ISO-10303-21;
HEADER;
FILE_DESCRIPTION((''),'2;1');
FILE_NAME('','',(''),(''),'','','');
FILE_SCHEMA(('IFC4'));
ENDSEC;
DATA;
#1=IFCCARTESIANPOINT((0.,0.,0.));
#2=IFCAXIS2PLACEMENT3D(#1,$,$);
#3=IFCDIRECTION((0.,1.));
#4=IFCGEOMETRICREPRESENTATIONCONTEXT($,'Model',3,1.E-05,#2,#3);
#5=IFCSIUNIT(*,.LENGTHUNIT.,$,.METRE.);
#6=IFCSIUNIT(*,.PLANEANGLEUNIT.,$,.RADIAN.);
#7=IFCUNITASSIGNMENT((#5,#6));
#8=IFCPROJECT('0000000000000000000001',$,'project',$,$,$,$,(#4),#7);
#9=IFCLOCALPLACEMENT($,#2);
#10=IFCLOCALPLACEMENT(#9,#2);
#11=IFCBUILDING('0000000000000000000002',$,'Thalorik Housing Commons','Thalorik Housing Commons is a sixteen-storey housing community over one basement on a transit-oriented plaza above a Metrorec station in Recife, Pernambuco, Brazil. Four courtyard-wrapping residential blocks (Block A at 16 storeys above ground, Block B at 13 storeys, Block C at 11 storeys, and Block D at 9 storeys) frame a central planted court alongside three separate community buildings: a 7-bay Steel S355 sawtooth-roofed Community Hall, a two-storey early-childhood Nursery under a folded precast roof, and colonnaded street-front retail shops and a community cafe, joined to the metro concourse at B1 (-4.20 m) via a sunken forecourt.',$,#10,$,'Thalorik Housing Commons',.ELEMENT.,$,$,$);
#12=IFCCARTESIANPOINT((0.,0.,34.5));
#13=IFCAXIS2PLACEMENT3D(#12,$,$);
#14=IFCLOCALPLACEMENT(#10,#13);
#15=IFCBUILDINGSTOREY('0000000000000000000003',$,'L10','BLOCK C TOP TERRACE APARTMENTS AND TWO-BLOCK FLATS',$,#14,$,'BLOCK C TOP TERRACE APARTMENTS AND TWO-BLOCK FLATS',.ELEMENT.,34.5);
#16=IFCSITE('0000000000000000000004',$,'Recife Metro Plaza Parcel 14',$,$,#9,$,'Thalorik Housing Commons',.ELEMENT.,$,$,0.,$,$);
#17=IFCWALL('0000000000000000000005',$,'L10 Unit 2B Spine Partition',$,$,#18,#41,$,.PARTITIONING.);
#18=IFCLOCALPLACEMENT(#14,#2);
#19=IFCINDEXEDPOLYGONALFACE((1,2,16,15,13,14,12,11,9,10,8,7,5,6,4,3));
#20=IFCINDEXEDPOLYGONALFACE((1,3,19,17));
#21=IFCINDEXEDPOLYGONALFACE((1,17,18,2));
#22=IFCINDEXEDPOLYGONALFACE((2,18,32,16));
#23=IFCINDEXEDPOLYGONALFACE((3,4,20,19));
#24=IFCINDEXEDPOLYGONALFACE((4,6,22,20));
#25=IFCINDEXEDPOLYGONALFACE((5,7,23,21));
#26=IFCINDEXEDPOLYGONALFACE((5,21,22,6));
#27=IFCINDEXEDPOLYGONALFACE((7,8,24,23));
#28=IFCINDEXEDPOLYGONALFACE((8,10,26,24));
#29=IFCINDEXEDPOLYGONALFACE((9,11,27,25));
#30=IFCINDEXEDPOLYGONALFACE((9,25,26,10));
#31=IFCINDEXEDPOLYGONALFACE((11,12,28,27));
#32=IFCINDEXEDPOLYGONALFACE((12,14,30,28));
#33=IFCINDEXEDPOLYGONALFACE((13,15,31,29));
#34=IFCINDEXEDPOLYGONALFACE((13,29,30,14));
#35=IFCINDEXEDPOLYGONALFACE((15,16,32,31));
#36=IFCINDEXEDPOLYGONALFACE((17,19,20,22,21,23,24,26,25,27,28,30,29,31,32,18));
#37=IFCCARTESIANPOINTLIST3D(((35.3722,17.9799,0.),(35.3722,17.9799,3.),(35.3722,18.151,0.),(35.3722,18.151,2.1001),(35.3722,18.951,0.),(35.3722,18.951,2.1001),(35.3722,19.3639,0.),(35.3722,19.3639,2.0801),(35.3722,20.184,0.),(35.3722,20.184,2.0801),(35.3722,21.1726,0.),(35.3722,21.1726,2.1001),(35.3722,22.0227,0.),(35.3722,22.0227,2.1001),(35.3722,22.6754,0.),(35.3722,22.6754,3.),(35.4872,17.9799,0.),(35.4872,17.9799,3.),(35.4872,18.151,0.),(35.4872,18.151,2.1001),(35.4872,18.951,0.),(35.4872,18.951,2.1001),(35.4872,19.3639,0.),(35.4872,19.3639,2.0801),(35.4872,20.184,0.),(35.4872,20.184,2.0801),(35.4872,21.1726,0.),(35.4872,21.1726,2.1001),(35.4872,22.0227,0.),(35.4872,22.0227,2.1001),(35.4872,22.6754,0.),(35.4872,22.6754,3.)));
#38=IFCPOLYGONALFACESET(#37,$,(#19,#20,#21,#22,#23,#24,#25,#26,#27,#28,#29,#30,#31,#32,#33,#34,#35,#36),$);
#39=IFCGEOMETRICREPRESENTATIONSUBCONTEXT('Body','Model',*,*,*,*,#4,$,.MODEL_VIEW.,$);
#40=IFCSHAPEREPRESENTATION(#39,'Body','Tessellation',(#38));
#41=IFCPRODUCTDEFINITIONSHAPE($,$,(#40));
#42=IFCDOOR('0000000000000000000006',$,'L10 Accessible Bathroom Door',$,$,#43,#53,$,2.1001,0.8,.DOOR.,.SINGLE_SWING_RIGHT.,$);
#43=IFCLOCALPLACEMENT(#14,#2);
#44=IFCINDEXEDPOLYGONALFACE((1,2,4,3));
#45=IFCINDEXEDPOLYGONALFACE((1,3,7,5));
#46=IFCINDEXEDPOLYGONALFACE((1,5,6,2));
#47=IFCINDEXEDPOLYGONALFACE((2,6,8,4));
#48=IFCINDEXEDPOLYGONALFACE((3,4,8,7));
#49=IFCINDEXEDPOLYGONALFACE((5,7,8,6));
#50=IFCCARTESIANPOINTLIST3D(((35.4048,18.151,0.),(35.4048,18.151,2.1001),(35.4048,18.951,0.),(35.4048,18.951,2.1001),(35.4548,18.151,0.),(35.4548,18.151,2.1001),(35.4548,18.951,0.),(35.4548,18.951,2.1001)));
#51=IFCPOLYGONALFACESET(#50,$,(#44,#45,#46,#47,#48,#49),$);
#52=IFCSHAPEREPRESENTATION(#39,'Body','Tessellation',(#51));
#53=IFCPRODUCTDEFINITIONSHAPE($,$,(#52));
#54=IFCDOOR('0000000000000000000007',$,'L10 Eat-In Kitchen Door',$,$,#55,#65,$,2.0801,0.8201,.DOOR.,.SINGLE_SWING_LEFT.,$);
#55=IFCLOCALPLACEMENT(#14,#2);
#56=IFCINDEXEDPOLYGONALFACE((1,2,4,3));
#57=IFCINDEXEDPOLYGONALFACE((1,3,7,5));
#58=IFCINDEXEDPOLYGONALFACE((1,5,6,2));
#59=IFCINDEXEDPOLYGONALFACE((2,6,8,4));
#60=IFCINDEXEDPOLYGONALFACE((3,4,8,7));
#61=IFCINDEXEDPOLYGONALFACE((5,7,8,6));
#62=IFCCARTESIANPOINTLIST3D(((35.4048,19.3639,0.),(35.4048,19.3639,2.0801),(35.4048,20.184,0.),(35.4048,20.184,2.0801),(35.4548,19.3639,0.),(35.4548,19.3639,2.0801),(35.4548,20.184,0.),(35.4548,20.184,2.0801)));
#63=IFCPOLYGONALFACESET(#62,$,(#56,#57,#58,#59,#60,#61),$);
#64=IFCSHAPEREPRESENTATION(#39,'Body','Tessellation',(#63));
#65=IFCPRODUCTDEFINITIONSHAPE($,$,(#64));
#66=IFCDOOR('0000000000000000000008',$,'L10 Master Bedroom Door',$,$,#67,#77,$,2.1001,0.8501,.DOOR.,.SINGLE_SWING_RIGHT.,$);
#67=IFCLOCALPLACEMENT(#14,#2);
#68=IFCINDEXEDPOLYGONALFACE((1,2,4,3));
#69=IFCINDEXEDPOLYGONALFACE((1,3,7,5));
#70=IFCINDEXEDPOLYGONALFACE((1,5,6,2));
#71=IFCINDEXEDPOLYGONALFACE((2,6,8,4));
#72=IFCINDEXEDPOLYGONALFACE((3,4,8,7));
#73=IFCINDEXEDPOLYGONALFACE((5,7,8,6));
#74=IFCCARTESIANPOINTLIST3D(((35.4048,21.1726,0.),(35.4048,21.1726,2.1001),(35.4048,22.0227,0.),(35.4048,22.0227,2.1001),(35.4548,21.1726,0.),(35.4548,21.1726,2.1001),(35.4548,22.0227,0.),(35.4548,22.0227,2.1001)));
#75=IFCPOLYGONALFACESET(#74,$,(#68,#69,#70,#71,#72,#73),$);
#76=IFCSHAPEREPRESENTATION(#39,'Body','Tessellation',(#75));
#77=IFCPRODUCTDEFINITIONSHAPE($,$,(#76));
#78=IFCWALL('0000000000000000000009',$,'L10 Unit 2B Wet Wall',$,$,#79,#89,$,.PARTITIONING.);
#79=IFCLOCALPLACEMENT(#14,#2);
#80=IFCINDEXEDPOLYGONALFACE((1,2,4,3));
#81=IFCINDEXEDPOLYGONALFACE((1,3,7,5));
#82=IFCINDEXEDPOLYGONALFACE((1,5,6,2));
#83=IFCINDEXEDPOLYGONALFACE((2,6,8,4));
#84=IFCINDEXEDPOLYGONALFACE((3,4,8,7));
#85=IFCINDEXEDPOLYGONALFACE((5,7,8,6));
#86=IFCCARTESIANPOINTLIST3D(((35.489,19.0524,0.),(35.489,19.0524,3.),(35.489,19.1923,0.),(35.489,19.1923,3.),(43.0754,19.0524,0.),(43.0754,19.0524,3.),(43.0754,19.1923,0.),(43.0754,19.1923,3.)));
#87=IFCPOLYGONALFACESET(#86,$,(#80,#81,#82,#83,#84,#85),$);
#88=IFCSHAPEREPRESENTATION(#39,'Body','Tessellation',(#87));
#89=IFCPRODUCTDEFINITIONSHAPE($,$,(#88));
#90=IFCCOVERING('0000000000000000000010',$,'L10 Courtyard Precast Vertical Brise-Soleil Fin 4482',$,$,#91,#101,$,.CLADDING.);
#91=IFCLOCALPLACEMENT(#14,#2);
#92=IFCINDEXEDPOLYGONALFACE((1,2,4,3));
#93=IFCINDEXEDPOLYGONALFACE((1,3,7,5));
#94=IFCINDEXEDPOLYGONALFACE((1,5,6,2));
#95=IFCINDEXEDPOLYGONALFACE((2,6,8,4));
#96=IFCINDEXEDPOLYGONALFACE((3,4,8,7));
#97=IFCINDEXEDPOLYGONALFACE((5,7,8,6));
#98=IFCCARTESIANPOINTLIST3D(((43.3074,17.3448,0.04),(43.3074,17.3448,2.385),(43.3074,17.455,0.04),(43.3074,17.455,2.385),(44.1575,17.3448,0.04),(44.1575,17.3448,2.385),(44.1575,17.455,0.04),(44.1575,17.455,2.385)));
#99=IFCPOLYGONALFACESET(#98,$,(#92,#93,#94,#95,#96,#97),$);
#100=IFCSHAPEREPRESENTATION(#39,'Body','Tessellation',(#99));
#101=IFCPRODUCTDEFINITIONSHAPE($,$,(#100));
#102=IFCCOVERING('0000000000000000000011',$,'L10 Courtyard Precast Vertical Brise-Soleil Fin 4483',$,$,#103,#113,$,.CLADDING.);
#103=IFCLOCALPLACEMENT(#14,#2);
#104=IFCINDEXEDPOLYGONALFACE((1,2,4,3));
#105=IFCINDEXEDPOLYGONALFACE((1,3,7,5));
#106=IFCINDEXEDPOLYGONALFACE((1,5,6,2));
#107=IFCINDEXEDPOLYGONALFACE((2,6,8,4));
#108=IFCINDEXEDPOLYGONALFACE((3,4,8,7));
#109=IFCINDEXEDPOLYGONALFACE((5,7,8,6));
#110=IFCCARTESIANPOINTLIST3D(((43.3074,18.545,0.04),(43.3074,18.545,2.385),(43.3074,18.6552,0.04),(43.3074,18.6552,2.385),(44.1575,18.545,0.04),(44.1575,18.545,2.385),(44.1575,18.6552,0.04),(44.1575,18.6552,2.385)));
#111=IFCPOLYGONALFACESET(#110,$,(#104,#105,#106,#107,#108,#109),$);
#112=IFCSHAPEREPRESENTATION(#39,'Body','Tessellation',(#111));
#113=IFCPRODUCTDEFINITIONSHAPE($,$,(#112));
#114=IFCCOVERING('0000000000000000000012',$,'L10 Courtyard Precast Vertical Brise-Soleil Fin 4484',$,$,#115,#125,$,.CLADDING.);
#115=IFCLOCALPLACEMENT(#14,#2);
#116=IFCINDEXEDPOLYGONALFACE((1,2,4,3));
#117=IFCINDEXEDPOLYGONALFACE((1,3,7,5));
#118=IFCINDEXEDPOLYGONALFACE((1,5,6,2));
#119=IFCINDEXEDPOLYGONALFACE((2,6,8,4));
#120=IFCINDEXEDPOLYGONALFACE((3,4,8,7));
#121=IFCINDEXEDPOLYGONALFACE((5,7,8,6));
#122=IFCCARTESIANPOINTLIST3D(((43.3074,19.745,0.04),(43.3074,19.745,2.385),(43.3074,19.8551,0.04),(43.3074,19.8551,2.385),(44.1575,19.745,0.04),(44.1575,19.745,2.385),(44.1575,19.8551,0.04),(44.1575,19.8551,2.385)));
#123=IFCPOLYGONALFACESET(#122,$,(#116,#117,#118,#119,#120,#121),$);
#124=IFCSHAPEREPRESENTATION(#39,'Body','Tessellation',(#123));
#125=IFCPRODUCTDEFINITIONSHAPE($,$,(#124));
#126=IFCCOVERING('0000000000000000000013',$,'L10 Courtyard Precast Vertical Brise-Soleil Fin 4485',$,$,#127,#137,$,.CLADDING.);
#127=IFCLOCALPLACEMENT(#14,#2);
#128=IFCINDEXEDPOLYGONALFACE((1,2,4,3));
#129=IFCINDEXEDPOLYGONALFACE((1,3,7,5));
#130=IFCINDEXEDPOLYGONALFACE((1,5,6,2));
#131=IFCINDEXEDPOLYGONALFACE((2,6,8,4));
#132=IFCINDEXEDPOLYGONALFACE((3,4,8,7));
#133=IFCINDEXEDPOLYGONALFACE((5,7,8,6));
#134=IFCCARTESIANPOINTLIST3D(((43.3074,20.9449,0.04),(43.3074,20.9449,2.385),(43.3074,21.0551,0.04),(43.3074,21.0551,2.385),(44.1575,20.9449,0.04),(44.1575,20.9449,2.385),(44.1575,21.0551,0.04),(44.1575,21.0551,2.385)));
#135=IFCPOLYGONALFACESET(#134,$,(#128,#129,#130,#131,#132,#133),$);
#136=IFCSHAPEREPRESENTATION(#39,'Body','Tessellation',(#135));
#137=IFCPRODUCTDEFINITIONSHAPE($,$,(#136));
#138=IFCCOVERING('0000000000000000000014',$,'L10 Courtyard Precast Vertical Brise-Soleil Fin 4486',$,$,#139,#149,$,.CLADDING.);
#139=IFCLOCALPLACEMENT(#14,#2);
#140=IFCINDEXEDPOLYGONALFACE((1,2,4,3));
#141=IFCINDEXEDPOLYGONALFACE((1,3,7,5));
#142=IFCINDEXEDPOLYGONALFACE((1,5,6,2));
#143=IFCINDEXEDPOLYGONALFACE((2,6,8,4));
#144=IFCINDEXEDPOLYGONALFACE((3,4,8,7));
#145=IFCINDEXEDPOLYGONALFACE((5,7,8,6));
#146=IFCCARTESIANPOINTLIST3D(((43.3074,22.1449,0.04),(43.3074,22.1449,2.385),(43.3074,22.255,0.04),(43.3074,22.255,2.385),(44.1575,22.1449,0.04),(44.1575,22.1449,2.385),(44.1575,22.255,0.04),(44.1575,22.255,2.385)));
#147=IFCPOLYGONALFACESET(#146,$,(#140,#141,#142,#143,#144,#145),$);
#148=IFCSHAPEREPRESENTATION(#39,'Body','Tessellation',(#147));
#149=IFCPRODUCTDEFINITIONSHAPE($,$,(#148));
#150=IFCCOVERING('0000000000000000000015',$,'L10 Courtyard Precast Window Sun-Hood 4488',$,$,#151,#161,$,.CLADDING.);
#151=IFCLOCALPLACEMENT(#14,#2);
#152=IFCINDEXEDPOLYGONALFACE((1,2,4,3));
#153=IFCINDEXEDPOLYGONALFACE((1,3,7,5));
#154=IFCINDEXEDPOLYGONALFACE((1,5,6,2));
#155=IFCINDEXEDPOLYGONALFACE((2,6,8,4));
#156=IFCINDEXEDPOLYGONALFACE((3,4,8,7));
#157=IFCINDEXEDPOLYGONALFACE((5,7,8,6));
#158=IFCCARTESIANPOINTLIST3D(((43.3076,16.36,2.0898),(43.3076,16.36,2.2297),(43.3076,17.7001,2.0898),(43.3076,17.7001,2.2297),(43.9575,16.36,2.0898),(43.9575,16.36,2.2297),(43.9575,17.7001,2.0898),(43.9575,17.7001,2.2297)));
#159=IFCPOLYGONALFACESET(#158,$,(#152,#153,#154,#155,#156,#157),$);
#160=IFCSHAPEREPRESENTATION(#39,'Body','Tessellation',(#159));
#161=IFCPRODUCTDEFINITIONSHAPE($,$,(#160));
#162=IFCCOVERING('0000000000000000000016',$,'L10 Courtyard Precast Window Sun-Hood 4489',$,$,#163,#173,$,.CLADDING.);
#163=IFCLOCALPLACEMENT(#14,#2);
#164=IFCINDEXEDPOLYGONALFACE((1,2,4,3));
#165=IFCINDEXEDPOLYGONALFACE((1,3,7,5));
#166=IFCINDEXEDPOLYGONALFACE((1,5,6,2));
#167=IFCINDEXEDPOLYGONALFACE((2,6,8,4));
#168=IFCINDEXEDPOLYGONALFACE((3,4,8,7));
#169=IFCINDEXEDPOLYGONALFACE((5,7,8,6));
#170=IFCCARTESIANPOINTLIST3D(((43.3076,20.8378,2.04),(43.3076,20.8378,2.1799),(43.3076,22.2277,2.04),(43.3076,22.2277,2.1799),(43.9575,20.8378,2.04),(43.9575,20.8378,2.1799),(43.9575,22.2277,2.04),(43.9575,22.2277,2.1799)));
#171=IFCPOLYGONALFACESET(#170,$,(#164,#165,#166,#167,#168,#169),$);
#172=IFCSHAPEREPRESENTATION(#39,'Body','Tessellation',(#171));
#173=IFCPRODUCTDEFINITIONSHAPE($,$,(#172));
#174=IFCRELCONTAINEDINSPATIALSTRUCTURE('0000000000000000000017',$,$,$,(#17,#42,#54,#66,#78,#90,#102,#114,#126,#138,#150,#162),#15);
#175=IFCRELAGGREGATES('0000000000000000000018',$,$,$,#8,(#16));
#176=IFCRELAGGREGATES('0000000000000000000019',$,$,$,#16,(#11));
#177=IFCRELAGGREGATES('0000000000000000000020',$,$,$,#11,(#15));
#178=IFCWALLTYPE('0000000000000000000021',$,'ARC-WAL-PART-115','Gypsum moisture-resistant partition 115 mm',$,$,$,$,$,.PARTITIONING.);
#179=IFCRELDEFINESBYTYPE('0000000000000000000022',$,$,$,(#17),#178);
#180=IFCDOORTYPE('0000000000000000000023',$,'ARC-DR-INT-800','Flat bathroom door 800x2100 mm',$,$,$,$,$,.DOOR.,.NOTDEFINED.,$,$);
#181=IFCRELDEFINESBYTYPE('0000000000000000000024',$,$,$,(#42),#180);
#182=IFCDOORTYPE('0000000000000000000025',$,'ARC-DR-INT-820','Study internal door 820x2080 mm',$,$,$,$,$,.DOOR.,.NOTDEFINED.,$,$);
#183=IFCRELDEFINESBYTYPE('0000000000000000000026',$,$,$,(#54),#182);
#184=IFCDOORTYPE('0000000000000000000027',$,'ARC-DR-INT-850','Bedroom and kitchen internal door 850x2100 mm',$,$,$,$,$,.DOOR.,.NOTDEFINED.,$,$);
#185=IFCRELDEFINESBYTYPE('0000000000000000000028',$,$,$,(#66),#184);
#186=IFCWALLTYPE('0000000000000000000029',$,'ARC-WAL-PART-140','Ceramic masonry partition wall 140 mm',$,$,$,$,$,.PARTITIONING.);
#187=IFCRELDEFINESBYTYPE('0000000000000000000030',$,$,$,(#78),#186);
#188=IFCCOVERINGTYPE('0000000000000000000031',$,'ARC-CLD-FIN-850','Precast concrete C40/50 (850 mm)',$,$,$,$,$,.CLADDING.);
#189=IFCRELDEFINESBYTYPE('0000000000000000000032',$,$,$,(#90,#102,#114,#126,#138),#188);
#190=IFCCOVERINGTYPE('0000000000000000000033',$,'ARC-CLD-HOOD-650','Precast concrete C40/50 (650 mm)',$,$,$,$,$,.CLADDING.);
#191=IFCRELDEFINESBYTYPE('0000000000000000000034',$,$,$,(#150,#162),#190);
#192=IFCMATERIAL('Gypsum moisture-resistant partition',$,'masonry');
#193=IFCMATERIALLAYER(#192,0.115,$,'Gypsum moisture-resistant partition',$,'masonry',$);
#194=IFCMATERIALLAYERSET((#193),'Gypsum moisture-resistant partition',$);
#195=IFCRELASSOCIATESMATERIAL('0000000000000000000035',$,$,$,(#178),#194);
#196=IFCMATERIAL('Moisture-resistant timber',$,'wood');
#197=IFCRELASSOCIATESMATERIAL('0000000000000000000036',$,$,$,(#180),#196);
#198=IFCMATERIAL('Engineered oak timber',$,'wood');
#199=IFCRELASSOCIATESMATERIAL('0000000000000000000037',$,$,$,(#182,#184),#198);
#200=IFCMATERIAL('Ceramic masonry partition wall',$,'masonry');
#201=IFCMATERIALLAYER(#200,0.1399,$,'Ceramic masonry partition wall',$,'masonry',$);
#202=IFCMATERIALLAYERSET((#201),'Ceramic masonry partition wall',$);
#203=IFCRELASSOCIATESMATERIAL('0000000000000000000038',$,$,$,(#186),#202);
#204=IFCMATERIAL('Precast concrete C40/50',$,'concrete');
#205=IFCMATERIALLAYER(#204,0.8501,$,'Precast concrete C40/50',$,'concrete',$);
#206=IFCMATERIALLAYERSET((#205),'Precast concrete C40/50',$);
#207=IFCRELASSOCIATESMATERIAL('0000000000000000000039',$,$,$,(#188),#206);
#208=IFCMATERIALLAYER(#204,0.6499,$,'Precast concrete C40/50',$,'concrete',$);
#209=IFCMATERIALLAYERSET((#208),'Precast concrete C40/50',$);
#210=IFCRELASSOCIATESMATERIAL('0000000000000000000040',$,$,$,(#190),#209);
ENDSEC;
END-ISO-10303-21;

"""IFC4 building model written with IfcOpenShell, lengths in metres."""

from ifc_helpers import new_model, si_unit, direction, frame, frame_2d, origin, origin_2d, place, context, subcontext, project, spatial, rectangle, extrude, material, layer, layer_set, type_object, element, fill, save


model = new_model("IFC4")

# Units and contexts
model_context = context("Model", 3, precision=1e-05, world=origin(), true_north=direction((0.0, 1.0)))
body_context = subcontext(model_context, "Body", "Model", "MODEL_VIEW")
ifc_project = project(units=[si_unit("LENGTHUNIT", "METRE"), si_unit("PLANEANGLEUNIT", "RADIAN")], contexts=[model_context])

# Site, building, storey
site_placement = place(None, origin())
site = spatial("IfcSite", under=ifc_project, at=site_placement, Name="Recife Metro Plaza Parcel 14", LongName="Thalorik Housing Commons", CompositionType="ELEMENT", RefElevation=0.0)
building_placement = place(site_placement, origin())
building = spatial("IfcBuilding", under=site, at=building_placement, Name="Thalorik Housing Commons", Description="Thalorik Housing Commons is a sixteen-storey housing community over one basement on a transit-oriented plaza above a Metrorec station in Recife, Pernambuco, Brazil. Four courtyard-wrapping residential blocks (Block A at 16 storeys above ground, Block B at 13 storeys, Block C at 11 storeys, and Block D at 9 storeys) frame a central planted court alongside three separate community buildings: a 7-bay Steel S355 sawtooth-roofed Community Hall, a two-storey early-childhood Nursery under a folded precast roof, and colonnaded street-front retail shops and a community cafe, joined to the metro concourse at B1 (-4.20 m) via a sunken forecourt.", LongName="Thalorik Housing Commons", CompositionType="ELEMENT")
storey_placement = place(building_placement, frame((0.0, 0.0, 34.5)))
storey = spatial("IfcBuildingStorey", under=building, at=storey_placement, Name="L10", Description="BLOCK C TOP TERRACE APARTMENTS AND TWO-BLOCK FLATS", LongName="BLOCK C TOP TERRACE APARTMENTS AND TWO-BLOCK FLATS", CompositionType="ELEMENT", Elevation=34.5)

# Shared definitions
ifc_material_1 = material(Name="Precast concrete C40/50", Category="concrete")

# Wall, openings, doors
ifc_material_2 = material(Name="Gypsum moisture-resistant partition", Category="masonry")
ifc_layer_1 = layer(ifc_material_2, 0.115, Name="Gypsum moisture-resistant partition", Category="masonry")
ifc_layer_set_1 = layer_set([ifc_layer_1], Name="Gypsum moisture-resistant partition")
wall_type_1 = type_object("IfcWallType", Name="ARC-WAL-PART-115", Description="Gypsum moisture-resistant partition 115 mm", PredefinedType="PARTITIONING", material=ifc_layer_set_1)
wall_1_placement = place(storey_placement, frame((35.4297, 17.98, 0.0), z_axis=(0.0, 0.0, 1.0), x_axis=(0.0, 1.0, 0.0)))
wall_1 = element("IfcWall", 1, at=wall_1_placement, inside=storey, type_object=wall_type_1, Name="L10 Unit 2B Spine Partition", PredefinedType="PARTITIONING", context=body_context, shape_type="SweptSolid", body=[
    extrude(rectangle(XDim=4.6956, YDim=0.115, at=frame_2d((2.3477, 0.0))), origin(), (0.0, 0.0, 1.0), 3.0),
])
opening_1_placement = place(wall_1_placement, frame((0.1711, 0.0, 0.0)))
opening_1 = element("IfcOpeningElement", 2, at=opening_1_placement, cuts=wall_1, PredefinedType="OPENING", context=body_context, shape_type="SweptSolid", body=[
    extrude(rectangle(XDim=0.8, YDim=2.1001, at=frame_2d((0.3999, 1.05))), frame((0.0, 0.0674, 0.0), z_axis=(0.0, -1.0, 0.0), x_axis=(1.0, 0.0, 0.0)), (0.0, 0.0, 1.0), 0.135),
])
opening_2_placement = place(wall_1_placement, frame((1.3838, 0.0, 0.0)))
opening_2 = element("IfcOpeningElement", 3, at=opening_2_placement, cuts=wall_1, PredefinedType="OPENING", context=body_context, shape_type="SweptSolid", body=[
    extrude(rectangle(XDim=0.8201, YDim=2.0801, at=frame_2d((0.4102, 1.04))), frame((0.0, 0.0674, 0.0), z_axis=(0.0, -1.0, 0.0), x_axis=(1.0, 0.0, 0.0)), (0.0, 0.0, 1.0), 0.135),
])
opening_3_placement = place(wall_1_placement, frame((3.1926, 0.0, 0.0)))
opening_3 = element("IfcOpeningElement", 4, at=opening_3_placement, cuts=wall_1, PredefinedType="OPENING", context=body_context, shape_type="SweptSolid", body=[
    extrude(rectangle(XDim=0.8501, YDim=2.1001, at=frame_2d((0.425, 1.05))), frame((0.0, 0.0674, 0.0), z_axis=(0.0, -1.0, 0.0), x_axis=(1.0, 0.0, 0.0)), (0.0, 0.0, 1.0), 0.135),
])
ifc_material_3 = material(Name="Moisture-resistant timber", Category="wood")
door_type_1 = type_object("IfcDoorType", Name="ARC-DR-INT-800", Description="Flat bathroom door 800x2100 mm", OperationType="NOTDEFINED", PredefinedType="DOOR", material=ifc_material_3)
door_1_placement = place(opening_1_placement, origin())
door_1 = element("IfcDoor", 5, at=door_1_placement, inside=storey, type_object=door_type_1, Name="L10 Accessible Bathroom Door", OperationType="SINGLE_SWING_RIGHT", OverallHeight=2.1001, OverallWidth=0.8, PredefinedType="DOOR", context=body_context, shape_type="SweptSolid", body=[
    extrude(rectangle(XDim=0.8, YDim=2.1001, at=frame_2d((0.3999, 1.05))), frame((0.0, 0.0249, 0.0), z_axis=(0.0, -1.0, 0.0), x_axis=(1.0, 0.0, 0.0)), (0.0, 0.0, 1.0), 0.05),
])
fill(opening_1, door_1)
ifc_material_4 = material(Name="Engineered oak timber", Category="wood")
door_type_2 = type_object("IfcDoorType", Name="ARC-DR-INT-820", Description="Study internal door 820x2080 mm", OperationType="NOTDEFINED", PredefinedType="DOOR", material=ifc_material_4)
door_2_placement = place(opening_2_placement, origin())
door_2 = element("IfcDoor", 6, at=door_2_placement, inside=storey, type_object=door_type_2, Name="L10 Eat-In Kitchen Door", OperationType="SINGLE_SWING_LEFT", OverallHeight=2.0801, OverallWidth=0.8201, PredefinedType="DOOR", context=body_context, shape_type="SweptSolid", body=[
    extrude(rectangle(XDim=0.8201, YDim=2.0801, at=frame_2d((0.4102, 1.04))), frame((0.0, 0.0249, 0.0), z_axis=(0.0, -1.0, 0.0), x_axis=(1.0, 0.0, 0.0)), (0.0, 0.0, 1.0), 0.05),
])
fill(opening_2, door_2)
door_type_3 = type_object("IfcDoorType", Name="ARC-DR-INT-850", Description="Bedroom and kitchen internal door 850x2100 mm", OperationType="NOTDEFINED", PredefinedType="DOOR", material=ifc_material_4)
door_3_placement = place(opening_3_placement, origin())
door_3 = element("IfcDoor", 7, at=door_3_placement, inside=storey, type_object=door_type_3, Name="L10 Master Bedroom Door", OperationType="SINGLE_SWING_RIGHT", OverallHeight=2.1001, OverallWidth=0.8501, PredefinedType="DOOR", context=body_context, shape_type="SweptSolid", body=[
    extrude(rectangle(XDim=0.8501, YDim=2.1001, at=frame_2d((0.425, 1.05))), frame((0.0, 0.0249, 0.0), z_axis=(0.0, -1.0, 0.0), x_axis=(1.0, 0.0, 0.0)), (0.0, 0.0, 1.0), 0.05),
])
fill(opening_3, door_3)

# Wall
ifc_material_5 = material(Name="Ceramic masonry partition wall", Category="masonry")
ifc_layer_2 = layer(ifc_material_5, 0.1399, Name="Ceramic masonry partition wall", Category="masonry")
ifc_layer_set_2 = layer_set([ifc_layer_2], Name="Ceramic masonry partition wall")
wall_type_2 = type_object("IfcWallType", Name="ARC-WAL-PART-140", Description="Ceramic masonry partition wall 140 mm", PredefinedType="PARTITIONING", material=ifc_layer_set_2)
wall_2_placement = place(storey_placement, frame((35.489, 19.1223, 0.0), z_axis=(0.0, 0.0, 1.0), x_axis=(1.0, 0.0, 0.0)))
element("IfcWall", 8, at=wall_2_placement, inside=storey, type_object=wall_type_2, Name="L10 Unit 2B Wet Wall", PredefinedType="PARTITIONING", context=body_context, shape_type="SweptSolid", body=[
    extrude(rectangle(XDim=7.5864, YDim=0.1399, at=frame_2d((3.7932, 0.0))), origin(), (0.0, 0.0, 1.0), 3.0),
])

# Coverings
ifc_layer_3 = layer(ifc_material_1, 0.8501, Name="Precast concrete C40/50", Category="concrete")
ifc_layer_set_3 = layer_set([ifc_layer_3], Name="Precast concrete C40/50")
covering_type_1 = type_object("IfcCoveringType", Name="ARC-CLD-FIN-850", Description="Precast concrete C40/50 (850 mm)", PredefinedType="CLADDING", material=ifc_layer_set_3)
for number, where, z_axis, x_axis, name in (
    (9, (43.7324, 17.3999, 0.04), (0.0, 0.0, 1.0), (0.0, 1.0, 0.0), "L10 Courtyard Precast Vertical Brise-Soleil Fin 4482"),
    (10, (43.7324, 18.6001, 0.04), (0.0, 0.0, 1.0), (0.0, 1.0, 0.0), "L10 Courtyard Precast Vertical Brise-Soleil Fin 4483"),
    (11, (43.7324, 19.8, 0.04), (0.0, 0.0, 1.0), (0.0, 1.0, 0.0), "L10 Courtyard Precast Vertical Brise-Soleil Fin 4484"),
    (12, (43.7324, 21.0, 0.04), (0.0, 0.0, 1.0), (0.0, 1.0, 0.0), "L10 Courtyard Precast Vertical Brise-Soleil Fin 4485"),
    (13, (43.7324, 22.2, 0.04), (0.0, 0.0, 1.0), (0.0, 1.0, 0.0), "L10 Courtyard Precast Vertical Brise-Soleil Fin 4486"),
):
    element("IfcCovering", number, at=place(storey_placement, frame(where, z_axis=z_axis, x_axis=x_axis)), inside=storey, type_object=covering_type_1, Name=name, PredefinedType="CLADDING", context=body_context, shape_type="SweptSolid", body=[
        extrude(rectangle(XDim=0.1101, YDim=0.8501, at=origin_2d()), origin(), (0.0, 0.0, 1.0), 2.345),
    ])
ifc_layer_4 = layer(ifc_material_1, 0.6499, Name="Precast concrete C40/50", Category="concrete")
ifc_layer_set_4 = layer_set([ifc_layer_4], Name="Precast concrete C40/50")
covering_type_2 = type_object("IfcCoveringType", Name="ARC-CLD-HOOD-650", Description="Precast concrete C40/50 (650 mm)", PredefinedType="CLADDING", material=ifc_layer_set_4)
covering_1_placement = place(storey_placement, frame((43.6326, 17.03, 2.0898), z_axis=(0.0, 0.0, 1.0), x_axis=(0.0, 1.0, 0.0)))
element("IfcCovering", 14, at=covering_1_placement, inside=storey, type_object=covering_type_2, Name="L10 Courtyard Precast Window Sun-Hood 4488", PredefinedType="CLADDING", context=body_context, shape_type="SweptSolid", body=[
    extrude(rectangle(XDim=1.3401, YDim=0.6499, at=origin_2d()), origin(), (0.0, 0.0, 1.0), 0.1399),
])
covering_2_placement = place(storey_placement, frame((43.6326, 21.5327, 2.04), z_axis=(0.0, 0.0, 1.0), x_axis=(0.0, 1.0, 0.0)))
element("IfcCovering", 15, at=covering_2_placement, inside=storey, type_object=covering_type_2, Name="L10 Courtyard Precast Window Sun-Hood 4489", PredefinedType="CLADDING", context=body_context, shape_type="SweptSolid", body=[
    extrude(rectangle(XDim=1.3899, YDim=0.6499, at=origin_2d()), origin(), (0.0, 0.0, 1.0), 0.1399),
])

save(model, "model.ifc")
